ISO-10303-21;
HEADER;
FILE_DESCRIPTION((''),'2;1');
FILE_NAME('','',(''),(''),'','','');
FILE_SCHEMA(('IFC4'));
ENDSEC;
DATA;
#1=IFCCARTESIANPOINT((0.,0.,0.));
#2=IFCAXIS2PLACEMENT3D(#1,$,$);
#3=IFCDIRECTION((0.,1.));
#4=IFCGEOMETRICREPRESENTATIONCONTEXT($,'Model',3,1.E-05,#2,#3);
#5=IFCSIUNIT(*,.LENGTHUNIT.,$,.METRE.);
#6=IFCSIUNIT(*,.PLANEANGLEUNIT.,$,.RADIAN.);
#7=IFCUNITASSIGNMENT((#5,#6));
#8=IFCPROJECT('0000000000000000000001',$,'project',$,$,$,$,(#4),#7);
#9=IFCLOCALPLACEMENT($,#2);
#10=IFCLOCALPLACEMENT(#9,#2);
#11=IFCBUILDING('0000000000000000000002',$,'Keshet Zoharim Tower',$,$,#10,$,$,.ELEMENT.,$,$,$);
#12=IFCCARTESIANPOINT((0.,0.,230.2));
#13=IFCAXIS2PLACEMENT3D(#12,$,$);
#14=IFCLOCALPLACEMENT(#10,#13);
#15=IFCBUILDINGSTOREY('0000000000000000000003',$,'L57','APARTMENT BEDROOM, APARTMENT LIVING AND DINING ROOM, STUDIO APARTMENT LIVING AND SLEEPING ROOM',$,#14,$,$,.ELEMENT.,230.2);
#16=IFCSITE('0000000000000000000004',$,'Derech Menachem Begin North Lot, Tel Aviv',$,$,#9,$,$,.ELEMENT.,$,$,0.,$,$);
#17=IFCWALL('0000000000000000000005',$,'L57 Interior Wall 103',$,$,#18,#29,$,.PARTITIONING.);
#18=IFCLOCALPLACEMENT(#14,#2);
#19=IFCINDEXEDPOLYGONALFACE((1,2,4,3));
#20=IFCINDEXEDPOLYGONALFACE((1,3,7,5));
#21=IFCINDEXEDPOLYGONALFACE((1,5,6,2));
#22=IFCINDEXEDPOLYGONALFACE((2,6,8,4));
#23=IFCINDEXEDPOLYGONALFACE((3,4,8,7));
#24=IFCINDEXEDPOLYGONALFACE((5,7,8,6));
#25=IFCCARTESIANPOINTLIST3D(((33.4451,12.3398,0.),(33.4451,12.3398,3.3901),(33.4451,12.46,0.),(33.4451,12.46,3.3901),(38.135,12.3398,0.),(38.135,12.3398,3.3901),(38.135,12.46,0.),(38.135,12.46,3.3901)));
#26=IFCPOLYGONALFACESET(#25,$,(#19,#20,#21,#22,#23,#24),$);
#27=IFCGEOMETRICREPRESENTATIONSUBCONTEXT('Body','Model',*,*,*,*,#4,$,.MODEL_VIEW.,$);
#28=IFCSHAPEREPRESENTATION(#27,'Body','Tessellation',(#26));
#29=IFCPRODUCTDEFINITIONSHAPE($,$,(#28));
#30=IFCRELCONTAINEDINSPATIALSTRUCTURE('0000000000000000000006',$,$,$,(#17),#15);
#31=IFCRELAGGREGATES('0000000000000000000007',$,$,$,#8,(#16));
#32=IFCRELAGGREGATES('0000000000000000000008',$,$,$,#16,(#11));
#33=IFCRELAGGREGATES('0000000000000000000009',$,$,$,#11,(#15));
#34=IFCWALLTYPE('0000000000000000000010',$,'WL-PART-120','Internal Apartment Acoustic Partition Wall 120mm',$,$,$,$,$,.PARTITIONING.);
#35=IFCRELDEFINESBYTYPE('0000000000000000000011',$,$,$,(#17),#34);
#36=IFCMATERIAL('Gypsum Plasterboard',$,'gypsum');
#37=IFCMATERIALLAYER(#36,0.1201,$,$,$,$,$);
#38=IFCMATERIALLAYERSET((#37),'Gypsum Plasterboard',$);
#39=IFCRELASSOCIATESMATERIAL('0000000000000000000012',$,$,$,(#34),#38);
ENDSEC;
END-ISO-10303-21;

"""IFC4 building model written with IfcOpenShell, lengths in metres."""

from ifc_helpers import new_model, si_unit, direction, frame, frame_2d, origin, place, context, subcontext, project, spatial, rectangle, extrude, material, layer, layer_set, type_object, element, save


model = new_model("IFC4")

# Units and contexts
model_context = context("Model", 3, precision=1e-05, world=origin(), true_north=direction((0.0, 1.0)))
body_context = subcontext(model_context, "Body", "Model", "MODEL_VIEW")
ifc_project = project(units=[si_unit("LENGTHUNIT", "METRE"), si_unit("PLANEANGLEUNIT", "RADIAN")], contexts=[model_context])

# Site, building, storey
site_placement = place(None, origin())
site = spatial("IfcSite", under=ifc_project, at=site_placement, Name="Derech Menachem Begin North Lot, Tel Aviv", CompositionType="ELEMENT", RefElevation=0.0)
building_placement = place(site_placement, origin())
building = spatial("IfcBuilding", under=site, at=building_placement, Name="Keshet Zoharim Tower", CompositionType="ELEMENT")
storey_placement = place(building_placement, frame((0.0, 0.0, 230.2)))
storey = spatial("IfcBuildingStorey", under=building, at=storey_placement, Name="L57", Description="APARTMENT BEDROOM, APARTMENT LIVING AND DINING ROOM, STUDIO APARTMENT LIVING AND SLEEPING ROOM", CompositionType="ELEMENT", Elevation=230.2)

# Shared definitions
ifc_material_1 = material(Name="Gypsum Plasterboard", Category="gypsum")
ifc_layer_1 = layer(ifc_material_1, 0.1201)
ifc_layer_set_1 = layer_set([ifc_layer_1], Name="Gypsum Plasterboard")
wall_type = type_object("IfcWallType", Name="WL-PART-120", Description="Internal Apartment Acoustic Partition Wall 120mm", PredefinedType="PARTITIONING", material=ifc_layer_set_1)

# Wall
wall_1_placement = place(storey_placement, frame((33.4451, 12.3999, 0.0), z_axis=(0.0, 0.0, 1.0), x_axis=(1.0, 0.0, 0.0)))
element("IfcWall", 1, at=wall_1_placement, inside=storey, type_object=wall_type, Name="L57 Interior Wall 103", PredefinedType="PARTITIONING", context=body_context, shape_type="SweptSolid", body=[
    extrude(rectangle(XDim=4.6899, YDim=0.1201, at=frame_2d((2.345, 0.0))), origin(), (0.0, 0.0, 1.0), 3.3901),
])

save(model, "model.ifc")
